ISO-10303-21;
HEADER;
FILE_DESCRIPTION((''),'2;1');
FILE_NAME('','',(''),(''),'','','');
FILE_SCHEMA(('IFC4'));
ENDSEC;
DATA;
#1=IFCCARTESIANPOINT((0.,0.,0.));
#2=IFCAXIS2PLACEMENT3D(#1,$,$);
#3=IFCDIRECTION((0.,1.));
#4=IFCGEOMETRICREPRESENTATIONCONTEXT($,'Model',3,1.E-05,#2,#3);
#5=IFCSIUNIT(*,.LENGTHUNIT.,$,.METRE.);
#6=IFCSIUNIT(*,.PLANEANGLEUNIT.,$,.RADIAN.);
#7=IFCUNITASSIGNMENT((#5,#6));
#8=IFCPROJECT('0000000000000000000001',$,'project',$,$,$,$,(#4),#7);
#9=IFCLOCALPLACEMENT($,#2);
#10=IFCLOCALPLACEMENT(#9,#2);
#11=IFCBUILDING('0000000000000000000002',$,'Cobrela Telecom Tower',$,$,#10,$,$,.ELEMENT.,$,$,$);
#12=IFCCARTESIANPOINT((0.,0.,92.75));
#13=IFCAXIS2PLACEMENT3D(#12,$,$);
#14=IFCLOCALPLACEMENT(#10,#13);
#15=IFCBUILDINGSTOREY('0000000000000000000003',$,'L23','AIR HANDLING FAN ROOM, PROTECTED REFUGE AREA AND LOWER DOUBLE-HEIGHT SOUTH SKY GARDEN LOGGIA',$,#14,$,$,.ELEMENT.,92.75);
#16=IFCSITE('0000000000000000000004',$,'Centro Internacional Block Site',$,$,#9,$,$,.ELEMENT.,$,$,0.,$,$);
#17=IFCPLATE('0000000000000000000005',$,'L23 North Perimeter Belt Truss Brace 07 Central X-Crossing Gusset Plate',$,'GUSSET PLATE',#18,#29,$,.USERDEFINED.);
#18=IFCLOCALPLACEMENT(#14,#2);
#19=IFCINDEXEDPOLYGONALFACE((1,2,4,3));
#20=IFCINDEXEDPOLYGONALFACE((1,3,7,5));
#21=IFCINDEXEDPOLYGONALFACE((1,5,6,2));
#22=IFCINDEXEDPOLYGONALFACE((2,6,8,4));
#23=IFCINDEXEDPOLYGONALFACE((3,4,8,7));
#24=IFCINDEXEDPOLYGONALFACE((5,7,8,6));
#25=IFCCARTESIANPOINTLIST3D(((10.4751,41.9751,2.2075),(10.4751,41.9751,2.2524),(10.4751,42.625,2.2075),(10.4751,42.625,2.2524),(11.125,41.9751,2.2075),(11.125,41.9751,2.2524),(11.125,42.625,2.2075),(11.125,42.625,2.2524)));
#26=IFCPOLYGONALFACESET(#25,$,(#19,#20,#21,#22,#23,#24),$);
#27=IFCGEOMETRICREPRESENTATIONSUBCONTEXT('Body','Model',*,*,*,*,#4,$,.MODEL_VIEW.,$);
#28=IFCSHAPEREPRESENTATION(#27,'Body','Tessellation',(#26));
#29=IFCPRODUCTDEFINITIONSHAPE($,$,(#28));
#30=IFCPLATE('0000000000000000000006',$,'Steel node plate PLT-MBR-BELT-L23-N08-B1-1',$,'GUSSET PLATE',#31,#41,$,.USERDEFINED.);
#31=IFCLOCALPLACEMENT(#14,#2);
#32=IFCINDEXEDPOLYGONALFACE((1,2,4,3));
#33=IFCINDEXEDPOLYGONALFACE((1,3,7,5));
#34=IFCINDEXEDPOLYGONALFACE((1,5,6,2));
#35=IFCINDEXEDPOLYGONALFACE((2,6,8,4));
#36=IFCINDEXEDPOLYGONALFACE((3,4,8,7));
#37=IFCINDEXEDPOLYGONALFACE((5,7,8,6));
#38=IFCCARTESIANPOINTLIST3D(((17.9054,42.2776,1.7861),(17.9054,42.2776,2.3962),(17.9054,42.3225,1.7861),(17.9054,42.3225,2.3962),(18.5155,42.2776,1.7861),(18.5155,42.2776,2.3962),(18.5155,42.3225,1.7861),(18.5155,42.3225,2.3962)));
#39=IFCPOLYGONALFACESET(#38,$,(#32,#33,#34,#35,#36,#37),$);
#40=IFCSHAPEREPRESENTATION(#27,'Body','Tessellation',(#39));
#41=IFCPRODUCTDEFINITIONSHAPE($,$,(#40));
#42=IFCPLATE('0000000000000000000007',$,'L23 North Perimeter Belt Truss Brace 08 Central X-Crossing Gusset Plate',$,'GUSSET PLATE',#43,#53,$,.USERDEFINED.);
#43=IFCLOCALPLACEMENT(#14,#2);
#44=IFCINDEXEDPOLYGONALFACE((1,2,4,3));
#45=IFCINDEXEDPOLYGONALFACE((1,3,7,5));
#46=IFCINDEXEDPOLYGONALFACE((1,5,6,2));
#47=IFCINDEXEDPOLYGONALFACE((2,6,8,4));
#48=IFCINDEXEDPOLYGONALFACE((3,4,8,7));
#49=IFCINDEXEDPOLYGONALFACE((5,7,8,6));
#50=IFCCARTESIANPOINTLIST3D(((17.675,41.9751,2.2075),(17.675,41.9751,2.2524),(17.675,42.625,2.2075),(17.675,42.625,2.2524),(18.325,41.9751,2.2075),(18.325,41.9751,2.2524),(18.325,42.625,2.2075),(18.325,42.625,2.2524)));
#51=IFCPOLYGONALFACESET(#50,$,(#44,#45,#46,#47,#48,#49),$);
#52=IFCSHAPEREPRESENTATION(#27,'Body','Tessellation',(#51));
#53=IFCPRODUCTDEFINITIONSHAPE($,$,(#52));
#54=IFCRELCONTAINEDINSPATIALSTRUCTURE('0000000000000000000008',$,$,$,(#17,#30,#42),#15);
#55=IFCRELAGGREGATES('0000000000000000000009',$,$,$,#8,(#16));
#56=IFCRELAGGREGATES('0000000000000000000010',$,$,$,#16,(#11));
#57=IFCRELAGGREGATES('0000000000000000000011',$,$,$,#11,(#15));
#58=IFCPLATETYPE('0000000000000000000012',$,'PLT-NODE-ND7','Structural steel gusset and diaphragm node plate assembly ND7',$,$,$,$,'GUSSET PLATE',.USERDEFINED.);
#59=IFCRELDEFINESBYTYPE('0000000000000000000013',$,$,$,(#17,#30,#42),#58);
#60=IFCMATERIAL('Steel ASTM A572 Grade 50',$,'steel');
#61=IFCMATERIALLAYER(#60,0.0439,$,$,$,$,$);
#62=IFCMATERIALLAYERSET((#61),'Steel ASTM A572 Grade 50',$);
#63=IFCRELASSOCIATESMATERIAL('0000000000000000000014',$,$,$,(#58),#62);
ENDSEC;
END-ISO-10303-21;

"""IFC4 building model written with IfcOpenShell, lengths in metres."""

from ifc_helpers import new_model, si_unit, direction, frame, origin, origin_2d, place, context, subcontext, project, spatial, rectangle, extrude, material, layer, layer_set, type_object, element, save


model = new_model("IFC4")

# Units and contexts
model_context = context("Model", 3, precision=1e-05, world=origin(), true_north=direction((0.0, 1.0)))
body_context = subcontext(model_context, "Body", "Model", "MODEL_VIEW")
ifc_project = project(units=[si_unit("LENGTHUNIT", "METRE"), si_unit("PLANEANGLEUNIT", "RADIAN")], contexts=[model_context])

# Site, building, storey
site_placement = place(None, origin())
site = spatial("IfcSite", under=ifc_project, at=site_placement, Name="Centro Internacional Block Site", CompositionType="ELEMENT", RefElevation=0.0)
building_placement = place(site_placement, origin())
building = spatial("IfcBuilding", under=site, at=building_placement, Name="Cobrela Telecom Tower", CompositionType="ELEMENT")
storey_placement = place(building_placement, frame((0.0, 0.0, 92.75)))
storey = spatial("IfcBuildingStorey", under=building, at=storey_placement, Name="L23", Description="AIR HANDLING FAN ROOM, PROTECTED REFUGE AREA AND LOWER DOUBLE-HEIGHT SOUTH SKY GARDEN LOGGIA", CompositionType="ELEMENT", Elevation=92.75)

# Shared definitions
ifc_material_1 = material(Name="Steel ASTM A572 Grade 50", Category="steel")

# Plates
ifc_layer_1 = layer(ifc_material_1, 0.0439)
ifc_layer_set_1 = layer_set([ifc_layer_1], Name="Steel ASTM A572 Grade 50")
plate_type = type_object("IfcPlateType", Name="PLT-NODE-ND7", Description="Structural steel gusset and diaphragm node plate assembly ND7", ElementType="GUSSET PLATE", PredefinedType="USERDEFINED", material=ifc_layer_set_1)
plate_1_placement = place(storey_placement, frame((10.8, 42.3, 2.2075), z_axis=(0.0, 0.0, 1.0), x_axis=(1.0, 0.0, 0.0)))
element("IfcPlate", 1, at=plate_1_placement, inside=storey, type_object=plate_type, Name="L23 North Perimeter Belt Truss Brace 07 Central X-Crossing Gusset Plate", ObjectType="GUSSET PLATE", PredefinedType="USERDEFINED", context=body_context, shape_type="SweptSolid", body=[
    extrude(rectangle(XDim=0.6499, YDim=0.6499, at=origin_2d()), origin(), (0.0, 0.0, 1.0), 0.0449),
])
plate_2_placement = place(storey_placement, frame((18.2104, 42.3, 1.7861), z_axis=(0.0, 0.0, 1.0), x_axis=(-1.0, 0.0, 0.0)))
element("IfcPlate", 2, at=plate_2_placement, inside=storey, type_object=plate_type, Name="Steel node plate PLT-MBR-BELT-L23-N08-B1-1", ObjectType="GUSSET PLATE", PredefinedType="USERDEFINED", context=body_context, shape_type="SweptSolid", body=[
    extrude(rectangle(XDim=0.6101, YDim=0.0449, at=origin_2d()), origin(), (0.0, 0.0, 1.0), 0.6101),
])
plate_3_placement = place(storey_placement, frame((18.0, 42.3, 2.2075), z_axis=(0.0, 0.0, 1.0), x_axis=(1.0, 0.0, 0.0)))
element("IfcPlate", 3, at=plate_3_placement, inside=storey, type_object=plate_type, Name="L23 North Perimeter Belt Truss Brace 08 Central X-Crossing Gusset Plate", ObjectType="GUSSET PLATE", PredefinedType="USERDEFINED", context=body_context, shape_type="SweptSolid", body=[
    extrude(rectangle(XDim=0.6499, YDim=0.6499, at=origin_2d()), origin(), (0.0, 0.0, 1.0), 0.0449),
])

save(model, "model.ifc")
